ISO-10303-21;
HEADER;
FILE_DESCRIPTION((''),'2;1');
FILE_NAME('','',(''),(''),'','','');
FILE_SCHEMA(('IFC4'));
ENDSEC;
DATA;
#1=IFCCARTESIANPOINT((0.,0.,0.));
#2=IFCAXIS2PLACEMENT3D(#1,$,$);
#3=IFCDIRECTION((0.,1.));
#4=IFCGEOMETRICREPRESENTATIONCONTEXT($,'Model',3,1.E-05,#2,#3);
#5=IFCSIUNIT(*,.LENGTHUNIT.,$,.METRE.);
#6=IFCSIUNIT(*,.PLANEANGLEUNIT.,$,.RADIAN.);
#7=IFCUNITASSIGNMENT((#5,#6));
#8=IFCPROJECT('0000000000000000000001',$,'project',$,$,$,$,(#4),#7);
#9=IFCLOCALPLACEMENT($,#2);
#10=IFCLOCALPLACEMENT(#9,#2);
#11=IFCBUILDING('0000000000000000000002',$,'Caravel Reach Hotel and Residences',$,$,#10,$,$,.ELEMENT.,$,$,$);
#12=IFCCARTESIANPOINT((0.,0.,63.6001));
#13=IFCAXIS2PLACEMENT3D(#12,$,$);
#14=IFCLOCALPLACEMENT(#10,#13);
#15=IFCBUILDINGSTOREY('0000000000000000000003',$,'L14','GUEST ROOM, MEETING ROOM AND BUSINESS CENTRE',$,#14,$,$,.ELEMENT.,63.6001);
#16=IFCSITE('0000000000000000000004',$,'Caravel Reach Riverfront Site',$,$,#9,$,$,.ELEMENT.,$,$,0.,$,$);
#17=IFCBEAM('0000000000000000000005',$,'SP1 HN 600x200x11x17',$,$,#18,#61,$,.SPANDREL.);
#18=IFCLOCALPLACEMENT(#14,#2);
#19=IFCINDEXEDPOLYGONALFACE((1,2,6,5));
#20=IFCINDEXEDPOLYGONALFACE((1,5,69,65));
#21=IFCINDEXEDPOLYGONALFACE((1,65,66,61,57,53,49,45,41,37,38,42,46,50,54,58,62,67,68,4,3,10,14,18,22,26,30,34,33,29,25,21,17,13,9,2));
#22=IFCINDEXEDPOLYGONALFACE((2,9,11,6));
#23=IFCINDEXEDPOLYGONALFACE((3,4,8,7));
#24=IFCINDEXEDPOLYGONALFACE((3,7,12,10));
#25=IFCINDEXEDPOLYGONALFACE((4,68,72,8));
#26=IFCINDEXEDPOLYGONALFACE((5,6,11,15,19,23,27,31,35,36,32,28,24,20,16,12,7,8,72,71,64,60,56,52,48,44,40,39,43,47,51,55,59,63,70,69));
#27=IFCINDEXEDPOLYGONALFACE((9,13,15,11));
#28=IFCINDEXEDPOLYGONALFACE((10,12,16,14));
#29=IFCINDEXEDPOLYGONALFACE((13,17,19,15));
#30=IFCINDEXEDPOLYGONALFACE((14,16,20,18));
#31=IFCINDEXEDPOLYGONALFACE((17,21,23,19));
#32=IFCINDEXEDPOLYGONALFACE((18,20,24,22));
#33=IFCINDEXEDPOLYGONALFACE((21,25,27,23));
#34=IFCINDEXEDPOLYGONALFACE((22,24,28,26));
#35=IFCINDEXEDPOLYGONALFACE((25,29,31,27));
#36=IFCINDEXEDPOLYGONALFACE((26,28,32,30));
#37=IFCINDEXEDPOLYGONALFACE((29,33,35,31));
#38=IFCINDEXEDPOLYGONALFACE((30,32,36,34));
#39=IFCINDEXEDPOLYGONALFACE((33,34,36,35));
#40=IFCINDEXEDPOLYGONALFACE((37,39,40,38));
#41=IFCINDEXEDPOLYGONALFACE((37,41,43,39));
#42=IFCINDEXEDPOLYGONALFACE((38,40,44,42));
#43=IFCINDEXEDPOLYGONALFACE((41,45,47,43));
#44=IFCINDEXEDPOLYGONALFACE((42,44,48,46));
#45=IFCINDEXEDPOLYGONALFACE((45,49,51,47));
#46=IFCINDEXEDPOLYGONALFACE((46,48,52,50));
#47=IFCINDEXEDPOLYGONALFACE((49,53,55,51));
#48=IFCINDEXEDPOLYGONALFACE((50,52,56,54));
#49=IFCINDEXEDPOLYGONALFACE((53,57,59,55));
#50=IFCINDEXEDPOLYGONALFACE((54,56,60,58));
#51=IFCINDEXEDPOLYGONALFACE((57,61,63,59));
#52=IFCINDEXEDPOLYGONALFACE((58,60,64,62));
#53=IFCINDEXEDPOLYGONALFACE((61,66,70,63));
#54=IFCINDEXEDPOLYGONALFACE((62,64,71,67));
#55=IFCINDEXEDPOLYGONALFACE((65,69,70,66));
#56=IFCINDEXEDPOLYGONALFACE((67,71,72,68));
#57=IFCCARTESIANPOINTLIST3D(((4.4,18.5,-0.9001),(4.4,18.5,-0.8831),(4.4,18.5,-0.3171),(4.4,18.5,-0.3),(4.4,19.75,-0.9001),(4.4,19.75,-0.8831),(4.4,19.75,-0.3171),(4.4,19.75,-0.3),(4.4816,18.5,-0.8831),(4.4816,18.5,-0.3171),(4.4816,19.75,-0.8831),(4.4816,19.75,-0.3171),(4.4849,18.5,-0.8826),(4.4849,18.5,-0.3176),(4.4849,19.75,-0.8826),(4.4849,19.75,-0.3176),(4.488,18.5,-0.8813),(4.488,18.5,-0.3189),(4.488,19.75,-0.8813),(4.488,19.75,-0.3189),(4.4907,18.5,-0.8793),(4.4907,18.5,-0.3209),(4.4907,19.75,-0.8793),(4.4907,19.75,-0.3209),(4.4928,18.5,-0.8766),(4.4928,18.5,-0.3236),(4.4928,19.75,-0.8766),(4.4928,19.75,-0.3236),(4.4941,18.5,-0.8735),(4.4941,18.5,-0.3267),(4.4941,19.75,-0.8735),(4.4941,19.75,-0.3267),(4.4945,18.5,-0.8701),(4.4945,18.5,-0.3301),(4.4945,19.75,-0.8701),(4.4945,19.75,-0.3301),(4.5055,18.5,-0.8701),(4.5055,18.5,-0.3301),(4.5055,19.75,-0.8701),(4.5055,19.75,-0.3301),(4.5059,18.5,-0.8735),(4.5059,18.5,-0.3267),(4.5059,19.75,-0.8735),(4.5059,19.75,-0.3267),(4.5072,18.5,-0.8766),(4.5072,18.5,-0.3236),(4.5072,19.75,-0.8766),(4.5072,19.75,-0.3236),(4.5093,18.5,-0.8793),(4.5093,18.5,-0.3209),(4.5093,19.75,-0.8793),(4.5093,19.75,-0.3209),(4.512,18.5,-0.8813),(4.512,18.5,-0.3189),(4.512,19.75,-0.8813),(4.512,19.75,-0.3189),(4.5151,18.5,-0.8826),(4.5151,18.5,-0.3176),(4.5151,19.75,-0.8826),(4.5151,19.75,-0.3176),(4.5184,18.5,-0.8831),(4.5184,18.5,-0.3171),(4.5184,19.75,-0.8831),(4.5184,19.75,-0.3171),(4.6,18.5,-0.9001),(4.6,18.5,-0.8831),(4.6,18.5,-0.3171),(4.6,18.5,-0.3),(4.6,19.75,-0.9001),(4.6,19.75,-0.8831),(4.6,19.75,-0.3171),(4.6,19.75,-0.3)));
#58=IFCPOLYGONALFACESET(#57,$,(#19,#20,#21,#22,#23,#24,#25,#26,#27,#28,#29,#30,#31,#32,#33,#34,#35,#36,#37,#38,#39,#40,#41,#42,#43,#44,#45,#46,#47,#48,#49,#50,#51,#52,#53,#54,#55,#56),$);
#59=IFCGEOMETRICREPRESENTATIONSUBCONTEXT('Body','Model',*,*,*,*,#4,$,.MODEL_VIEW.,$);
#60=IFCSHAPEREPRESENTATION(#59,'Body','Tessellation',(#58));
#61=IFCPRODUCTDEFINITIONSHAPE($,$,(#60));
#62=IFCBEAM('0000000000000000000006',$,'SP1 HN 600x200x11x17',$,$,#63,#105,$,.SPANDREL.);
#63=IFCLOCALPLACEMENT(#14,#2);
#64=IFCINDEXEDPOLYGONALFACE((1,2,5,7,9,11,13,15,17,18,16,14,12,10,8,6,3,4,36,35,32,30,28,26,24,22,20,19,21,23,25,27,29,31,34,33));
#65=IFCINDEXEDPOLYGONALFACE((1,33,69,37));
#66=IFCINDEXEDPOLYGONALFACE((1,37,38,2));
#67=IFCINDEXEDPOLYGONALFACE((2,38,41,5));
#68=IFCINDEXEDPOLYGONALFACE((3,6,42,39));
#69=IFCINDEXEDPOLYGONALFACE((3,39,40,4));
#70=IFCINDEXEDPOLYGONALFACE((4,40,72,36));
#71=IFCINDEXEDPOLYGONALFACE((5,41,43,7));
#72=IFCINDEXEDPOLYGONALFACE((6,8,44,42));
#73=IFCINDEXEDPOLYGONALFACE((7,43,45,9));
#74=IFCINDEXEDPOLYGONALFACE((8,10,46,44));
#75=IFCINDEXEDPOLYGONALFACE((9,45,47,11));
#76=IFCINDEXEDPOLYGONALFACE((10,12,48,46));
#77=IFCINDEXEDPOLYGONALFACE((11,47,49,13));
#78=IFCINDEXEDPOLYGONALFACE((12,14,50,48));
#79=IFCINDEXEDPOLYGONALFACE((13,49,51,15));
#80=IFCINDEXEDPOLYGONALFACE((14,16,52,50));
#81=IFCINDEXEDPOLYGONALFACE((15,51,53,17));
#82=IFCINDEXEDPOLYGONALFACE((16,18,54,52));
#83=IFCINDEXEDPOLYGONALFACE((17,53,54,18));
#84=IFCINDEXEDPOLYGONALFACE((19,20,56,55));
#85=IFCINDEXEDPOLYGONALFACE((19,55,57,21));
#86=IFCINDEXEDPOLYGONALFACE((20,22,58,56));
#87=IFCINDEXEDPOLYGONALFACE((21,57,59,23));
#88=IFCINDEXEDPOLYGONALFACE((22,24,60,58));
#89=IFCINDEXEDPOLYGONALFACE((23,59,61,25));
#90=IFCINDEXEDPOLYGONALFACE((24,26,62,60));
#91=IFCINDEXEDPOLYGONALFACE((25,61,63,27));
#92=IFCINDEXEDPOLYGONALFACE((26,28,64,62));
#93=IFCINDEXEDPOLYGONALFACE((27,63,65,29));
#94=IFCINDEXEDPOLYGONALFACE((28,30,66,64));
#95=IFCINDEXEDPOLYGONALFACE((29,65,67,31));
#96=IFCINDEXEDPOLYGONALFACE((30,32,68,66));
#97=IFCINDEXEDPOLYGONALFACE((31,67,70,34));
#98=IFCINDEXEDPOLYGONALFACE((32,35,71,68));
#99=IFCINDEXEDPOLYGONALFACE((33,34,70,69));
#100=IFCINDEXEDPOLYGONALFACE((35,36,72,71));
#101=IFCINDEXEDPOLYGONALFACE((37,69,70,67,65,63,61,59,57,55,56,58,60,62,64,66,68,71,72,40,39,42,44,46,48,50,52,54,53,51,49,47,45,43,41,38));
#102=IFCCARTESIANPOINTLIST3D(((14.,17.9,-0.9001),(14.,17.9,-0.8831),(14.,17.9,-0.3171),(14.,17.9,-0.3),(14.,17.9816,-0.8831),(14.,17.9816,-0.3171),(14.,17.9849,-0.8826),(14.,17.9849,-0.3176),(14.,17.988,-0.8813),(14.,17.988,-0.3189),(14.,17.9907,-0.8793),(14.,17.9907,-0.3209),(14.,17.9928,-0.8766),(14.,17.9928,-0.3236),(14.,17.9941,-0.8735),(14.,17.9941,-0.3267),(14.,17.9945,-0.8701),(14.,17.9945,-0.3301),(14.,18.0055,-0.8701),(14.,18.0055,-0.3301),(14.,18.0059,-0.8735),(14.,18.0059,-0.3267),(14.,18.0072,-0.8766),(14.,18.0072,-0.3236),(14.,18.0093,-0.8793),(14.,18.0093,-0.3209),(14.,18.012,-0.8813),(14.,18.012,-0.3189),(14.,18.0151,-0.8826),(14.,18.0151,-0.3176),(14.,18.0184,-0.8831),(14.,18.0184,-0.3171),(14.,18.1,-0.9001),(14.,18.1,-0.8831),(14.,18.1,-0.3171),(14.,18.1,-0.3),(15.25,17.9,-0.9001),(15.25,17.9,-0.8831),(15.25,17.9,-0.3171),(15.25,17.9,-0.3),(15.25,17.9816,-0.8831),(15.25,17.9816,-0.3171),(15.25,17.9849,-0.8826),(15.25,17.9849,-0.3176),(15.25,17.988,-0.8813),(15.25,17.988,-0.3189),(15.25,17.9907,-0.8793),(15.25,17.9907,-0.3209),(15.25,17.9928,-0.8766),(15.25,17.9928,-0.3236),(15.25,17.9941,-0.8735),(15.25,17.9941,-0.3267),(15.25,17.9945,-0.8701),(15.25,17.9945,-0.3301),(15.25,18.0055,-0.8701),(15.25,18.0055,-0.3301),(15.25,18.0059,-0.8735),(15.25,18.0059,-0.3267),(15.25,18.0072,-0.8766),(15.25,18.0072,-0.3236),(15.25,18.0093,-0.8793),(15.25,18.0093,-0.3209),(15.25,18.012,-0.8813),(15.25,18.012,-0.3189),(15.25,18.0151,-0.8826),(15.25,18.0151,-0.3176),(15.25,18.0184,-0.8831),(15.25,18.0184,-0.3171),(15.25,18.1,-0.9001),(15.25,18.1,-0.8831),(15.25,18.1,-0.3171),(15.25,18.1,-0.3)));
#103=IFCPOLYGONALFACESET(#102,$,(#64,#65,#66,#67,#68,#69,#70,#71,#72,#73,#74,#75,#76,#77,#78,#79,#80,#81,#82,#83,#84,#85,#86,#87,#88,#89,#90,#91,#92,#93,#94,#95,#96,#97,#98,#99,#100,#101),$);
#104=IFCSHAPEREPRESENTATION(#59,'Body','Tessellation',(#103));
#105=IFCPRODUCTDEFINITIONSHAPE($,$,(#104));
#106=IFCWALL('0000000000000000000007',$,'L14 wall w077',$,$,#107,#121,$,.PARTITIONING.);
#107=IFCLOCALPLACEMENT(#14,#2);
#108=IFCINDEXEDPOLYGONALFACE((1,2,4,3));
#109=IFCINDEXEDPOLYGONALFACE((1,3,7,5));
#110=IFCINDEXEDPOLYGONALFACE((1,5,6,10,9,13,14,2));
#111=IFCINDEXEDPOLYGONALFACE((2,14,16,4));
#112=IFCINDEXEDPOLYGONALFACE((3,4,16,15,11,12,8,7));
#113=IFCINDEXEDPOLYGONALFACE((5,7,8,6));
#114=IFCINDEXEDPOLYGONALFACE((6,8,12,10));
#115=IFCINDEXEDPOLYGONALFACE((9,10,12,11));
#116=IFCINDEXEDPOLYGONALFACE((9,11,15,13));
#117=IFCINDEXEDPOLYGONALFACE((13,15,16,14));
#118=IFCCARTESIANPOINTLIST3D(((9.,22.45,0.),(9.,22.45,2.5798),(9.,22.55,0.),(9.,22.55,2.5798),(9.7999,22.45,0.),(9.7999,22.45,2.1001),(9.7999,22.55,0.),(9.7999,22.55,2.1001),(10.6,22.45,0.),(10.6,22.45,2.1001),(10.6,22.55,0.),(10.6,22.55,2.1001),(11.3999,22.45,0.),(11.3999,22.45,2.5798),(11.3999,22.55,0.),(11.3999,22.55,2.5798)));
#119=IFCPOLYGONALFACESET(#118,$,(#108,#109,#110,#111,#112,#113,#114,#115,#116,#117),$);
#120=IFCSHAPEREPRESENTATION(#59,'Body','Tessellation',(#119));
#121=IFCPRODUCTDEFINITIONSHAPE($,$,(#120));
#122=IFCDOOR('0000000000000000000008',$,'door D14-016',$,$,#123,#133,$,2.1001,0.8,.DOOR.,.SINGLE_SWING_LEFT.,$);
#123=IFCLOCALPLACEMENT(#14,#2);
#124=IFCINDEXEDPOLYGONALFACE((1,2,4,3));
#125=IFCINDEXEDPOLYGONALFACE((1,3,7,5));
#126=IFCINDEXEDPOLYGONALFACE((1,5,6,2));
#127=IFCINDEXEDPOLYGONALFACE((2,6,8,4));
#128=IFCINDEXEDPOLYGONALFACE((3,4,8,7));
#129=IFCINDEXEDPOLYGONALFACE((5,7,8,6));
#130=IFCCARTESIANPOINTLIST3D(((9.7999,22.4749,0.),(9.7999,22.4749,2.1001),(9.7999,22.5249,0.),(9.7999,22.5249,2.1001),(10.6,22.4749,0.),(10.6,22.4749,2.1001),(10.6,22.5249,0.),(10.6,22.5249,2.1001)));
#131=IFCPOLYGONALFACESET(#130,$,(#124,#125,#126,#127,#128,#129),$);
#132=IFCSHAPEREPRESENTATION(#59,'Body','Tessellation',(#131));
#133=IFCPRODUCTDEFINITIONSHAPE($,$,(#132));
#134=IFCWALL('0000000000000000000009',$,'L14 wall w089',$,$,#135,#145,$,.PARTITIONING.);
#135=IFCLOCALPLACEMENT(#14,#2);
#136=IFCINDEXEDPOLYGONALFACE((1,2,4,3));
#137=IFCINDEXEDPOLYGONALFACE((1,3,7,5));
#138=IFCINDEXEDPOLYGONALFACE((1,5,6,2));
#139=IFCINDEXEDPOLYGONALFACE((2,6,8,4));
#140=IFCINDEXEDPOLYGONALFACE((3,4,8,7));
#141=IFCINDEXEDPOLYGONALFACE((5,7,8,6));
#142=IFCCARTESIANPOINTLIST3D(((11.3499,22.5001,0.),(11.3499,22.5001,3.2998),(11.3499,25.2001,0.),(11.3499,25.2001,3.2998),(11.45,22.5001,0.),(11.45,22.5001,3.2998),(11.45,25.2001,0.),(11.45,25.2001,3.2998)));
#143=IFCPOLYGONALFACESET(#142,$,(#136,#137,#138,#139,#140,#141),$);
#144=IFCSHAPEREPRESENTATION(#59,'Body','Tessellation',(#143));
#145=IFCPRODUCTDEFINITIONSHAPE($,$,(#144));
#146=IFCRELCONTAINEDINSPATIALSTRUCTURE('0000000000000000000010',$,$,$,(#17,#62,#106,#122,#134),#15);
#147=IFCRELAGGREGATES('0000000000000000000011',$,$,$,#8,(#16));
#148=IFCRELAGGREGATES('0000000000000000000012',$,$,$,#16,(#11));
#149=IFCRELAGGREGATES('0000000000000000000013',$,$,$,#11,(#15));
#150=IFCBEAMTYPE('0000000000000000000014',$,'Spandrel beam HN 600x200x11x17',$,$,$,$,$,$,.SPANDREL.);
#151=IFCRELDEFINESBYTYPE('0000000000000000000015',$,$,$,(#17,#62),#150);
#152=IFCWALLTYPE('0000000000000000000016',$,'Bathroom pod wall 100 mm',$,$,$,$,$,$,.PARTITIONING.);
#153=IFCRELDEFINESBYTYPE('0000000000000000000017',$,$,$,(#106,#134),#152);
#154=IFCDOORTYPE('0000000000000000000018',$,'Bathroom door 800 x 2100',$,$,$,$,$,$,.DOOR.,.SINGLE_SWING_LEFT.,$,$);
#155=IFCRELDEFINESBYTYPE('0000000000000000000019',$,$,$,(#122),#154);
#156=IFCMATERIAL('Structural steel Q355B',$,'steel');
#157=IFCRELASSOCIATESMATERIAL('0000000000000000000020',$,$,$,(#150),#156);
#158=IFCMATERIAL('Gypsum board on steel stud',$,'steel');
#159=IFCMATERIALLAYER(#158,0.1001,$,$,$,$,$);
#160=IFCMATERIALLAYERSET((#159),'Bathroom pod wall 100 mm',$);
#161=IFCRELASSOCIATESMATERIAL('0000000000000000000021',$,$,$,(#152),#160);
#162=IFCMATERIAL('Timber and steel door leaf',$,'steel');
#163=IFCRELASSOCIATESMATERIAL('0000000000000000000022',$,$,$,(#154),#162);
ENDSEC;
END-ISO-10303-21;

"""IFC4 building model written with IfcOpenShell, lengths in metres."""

from ifc_helpers import new_model, si_unit, direction, frame, frame_2d, origin, origin_2d, place, context, subcontext, project, spatial, rectangle, i_section, extrude, material, layer, layer_set, material_profile, profile_set, type_object, element, fill, save


model = new_model("IFC4")

# Units and contexts
model_context = context("Model", 3, precision=1e-05, world=origin(), true_north=direction((0.0, 1.0)))
body_context = subcontext(model_context, "Body", "Model", "MODEL_VIEW")
ifc_project = project(units=[si_unit("LENGTHUNIT", "METRE"), si_unit("PLANEANGLEUNIT", "RADIAN")], contexts=[model_context])

# Site, building, storey
site_placement = place(None, origin())
site = spatial("IfcSite", under=ifc_project, at=site_placement, Name="Caravel Reach Riverfront Site", CompositionType="ELEMENT", RefElevation=0.0)
building_placement = place(site_placement, origin())
building = spatial("IfcBuilding", under=site, at=building_placement, Name="Caravel Reach Hotel and Residences", CompositionType="ELEMENT")
storey_placement = place(building_placement, frame((0.0, 0.0, 63.6001)))
storey = spatial("IfcBuildingStorey", under=building, at=storey_placement, Name="L14", Description="GUEST ROOM, MEETING ROOM AND BUSINESS CENTRE", CompositionType="ELEMENT", Elevation=63.6001)

# Beams
ifc_material_1 = material(Name="Structural steel Q355B", Category="steel")
ifc_material_profile_1 = material_profile(ifc_material_1, i_section(OverallWidth=0.2, OverallDepth=0.6001, WebThickness=0.011, FlangeThickness=0.0171, FilletRadius=0.0129, at=origin_2d()), Name="HN 600x200x11x17")
ifc_profile_set_1 = profile_set([ifc_material_profile_1], Name="Structural steel Q355B")
beam_type_1 = type_object("IfcBeamType", Name="Spandrel beam HN 600x200x11x17", PredefinedType="SPANDREL", material=ifc_profile_set_1)
for number, where, z_axis, x_axis, name in (
    (1, (4.5, 19.75, -0.6001), (0.0, -1.0, 0.0), (1.0, 0.0, 0.0), "SP1 HN 600x200x11x17"),
    (2, (14.0, 18.0, -0.6001), (1.0, 0.0, 0.0), (0.0, 1.0, 0.0), "SP1 HN 600x200x11x17"),
):
    element("IfcBeam", number, at=place(storey_placement, frame(where, z_axis=z_axis, x_axis=x_axis)), inside=storey, type_object=beam_type_1, Name=name, PredefinedType="SPANDREL", context=body_context, shape_type="SweptSolid", body=[
        extrude(i_section(OverallWidth=0.2, OverallDepth=0.6001, WebThickness=0.011, FlangeThickness=0.0171, FilletRadius=0.0129, at=origin_2d()), origin(), (0.0, 0.0, 1.0), 1.25),
    ])

# Wall, opening, door
ifc_material_2 = material(Name="Gypsum board on steel stud", Category="steel")
ifc_layer_1 = layer(ifc_material_2, 0.1001)
ifc_layer_set_1 = layer_set([ifc_layer_1], Name="Bathroom pod wall 100 mm")
wall_type_1 = type_object("IfcWallType", Name="Bathroom pod wall 100 mm", PredefinedType="PARTITIONING", material=ifc_layer_set_1)
wall_1_placement = place(storey_placement, frame((9.0, 22.5, 0.0), z_axis=(0.0, 0.0, 1.0), x_axis=(1.0, 0.0, 0.0)))
wall_1 = element("IfcWall", 3, at=wall_1_placement, inside=storey, type_object=wall_type_1, Name="L14 wall w077", PredefinedType="PARTITIONING", context=body_context, shape_type="SweptSolid", body=[
    extrude(rectangle(XDim=2.3999, YDim=0.1001, at=frame_2d((1.2, 0.0))), origin(), (0.0, 0.0, 1.0), 2.5798),
])
opening_1_placement = place(wall_1_placement, frame((0.8, 0.0, 0.0)))
opening_1 = element("IfcOpeningElement", 4, at=opening_1_placement, cuts=wall_1, PredefinedType="OPENING", context=body_context, shape_type="SweptSolid", body=[
    extrude(rectangle(XDim=0.8, YDim=2.1001, at=frame_2d((0.3999, 1.05))), frame((0.0, 0.0601, 0.0), z_axis=(0.0, -1.0, 0.0), x_axis=(1.0, 0.0, 0.0)), (0.0, 0.0, 1.0), 0.1201),
])
ifc_material_3 = material(Name="Timber and steel door leaf", Category="steel")
door_type_1 = type_object("IfcDoorType", Name="Bathroom door 800 x 2100", OperationType="SINGLE_SWING_LEFT", PredefinedType="DOOR", material=ifc_material_3)
door_1_placement = place(opening_1_placement, origin())
door_1 = element("IfcDoor", 5, at=door_1_placement, inside=storey, type_object=door_type_1, Name="door D14-016", OperationType="SINGLE_SWING_LEFT", OverallHeight=2.1001, OverallWidth=0.8, PredefinedType="DOOR", context=body_context, shape_type="SweptSolid", body=[
    extrude(rectangle(XDim=0.8, YDim=2.1001, at=frame_2d((0.3999, 1.05))), frame((0.0, 0.0249, 0.0), z_axis=(0.0, -1.0, 0.0), x_axis=(1.0, 0.0, 0.0)), (0.0, 0.0, 1.0), 0.05),
])
fill(opening_1, door_1)

# Wall
wall_2_placement = place(storey_placement, frame((11.3999, 22.5, 0.0), z_axis=(0.0, 0.0, 1.0), x_axis=(0.0, 1.0, 0.0)))
element("IfcWall", 6, at=wall_2_placement, inside=storey, type_object=wall_type_1, Name="L14 wall w089", PredefinedType="PARTITIONING", context=body_context, shape_type="SweptSolid", body=[
    extrude(rectangle(XDim=2.7, YDim=0.1001, at=frame_2d((1.3501, 0.0))), origin(), (0.0, 0.0, 1.0), 3.2998),
])

save(model, "model.ifc")
